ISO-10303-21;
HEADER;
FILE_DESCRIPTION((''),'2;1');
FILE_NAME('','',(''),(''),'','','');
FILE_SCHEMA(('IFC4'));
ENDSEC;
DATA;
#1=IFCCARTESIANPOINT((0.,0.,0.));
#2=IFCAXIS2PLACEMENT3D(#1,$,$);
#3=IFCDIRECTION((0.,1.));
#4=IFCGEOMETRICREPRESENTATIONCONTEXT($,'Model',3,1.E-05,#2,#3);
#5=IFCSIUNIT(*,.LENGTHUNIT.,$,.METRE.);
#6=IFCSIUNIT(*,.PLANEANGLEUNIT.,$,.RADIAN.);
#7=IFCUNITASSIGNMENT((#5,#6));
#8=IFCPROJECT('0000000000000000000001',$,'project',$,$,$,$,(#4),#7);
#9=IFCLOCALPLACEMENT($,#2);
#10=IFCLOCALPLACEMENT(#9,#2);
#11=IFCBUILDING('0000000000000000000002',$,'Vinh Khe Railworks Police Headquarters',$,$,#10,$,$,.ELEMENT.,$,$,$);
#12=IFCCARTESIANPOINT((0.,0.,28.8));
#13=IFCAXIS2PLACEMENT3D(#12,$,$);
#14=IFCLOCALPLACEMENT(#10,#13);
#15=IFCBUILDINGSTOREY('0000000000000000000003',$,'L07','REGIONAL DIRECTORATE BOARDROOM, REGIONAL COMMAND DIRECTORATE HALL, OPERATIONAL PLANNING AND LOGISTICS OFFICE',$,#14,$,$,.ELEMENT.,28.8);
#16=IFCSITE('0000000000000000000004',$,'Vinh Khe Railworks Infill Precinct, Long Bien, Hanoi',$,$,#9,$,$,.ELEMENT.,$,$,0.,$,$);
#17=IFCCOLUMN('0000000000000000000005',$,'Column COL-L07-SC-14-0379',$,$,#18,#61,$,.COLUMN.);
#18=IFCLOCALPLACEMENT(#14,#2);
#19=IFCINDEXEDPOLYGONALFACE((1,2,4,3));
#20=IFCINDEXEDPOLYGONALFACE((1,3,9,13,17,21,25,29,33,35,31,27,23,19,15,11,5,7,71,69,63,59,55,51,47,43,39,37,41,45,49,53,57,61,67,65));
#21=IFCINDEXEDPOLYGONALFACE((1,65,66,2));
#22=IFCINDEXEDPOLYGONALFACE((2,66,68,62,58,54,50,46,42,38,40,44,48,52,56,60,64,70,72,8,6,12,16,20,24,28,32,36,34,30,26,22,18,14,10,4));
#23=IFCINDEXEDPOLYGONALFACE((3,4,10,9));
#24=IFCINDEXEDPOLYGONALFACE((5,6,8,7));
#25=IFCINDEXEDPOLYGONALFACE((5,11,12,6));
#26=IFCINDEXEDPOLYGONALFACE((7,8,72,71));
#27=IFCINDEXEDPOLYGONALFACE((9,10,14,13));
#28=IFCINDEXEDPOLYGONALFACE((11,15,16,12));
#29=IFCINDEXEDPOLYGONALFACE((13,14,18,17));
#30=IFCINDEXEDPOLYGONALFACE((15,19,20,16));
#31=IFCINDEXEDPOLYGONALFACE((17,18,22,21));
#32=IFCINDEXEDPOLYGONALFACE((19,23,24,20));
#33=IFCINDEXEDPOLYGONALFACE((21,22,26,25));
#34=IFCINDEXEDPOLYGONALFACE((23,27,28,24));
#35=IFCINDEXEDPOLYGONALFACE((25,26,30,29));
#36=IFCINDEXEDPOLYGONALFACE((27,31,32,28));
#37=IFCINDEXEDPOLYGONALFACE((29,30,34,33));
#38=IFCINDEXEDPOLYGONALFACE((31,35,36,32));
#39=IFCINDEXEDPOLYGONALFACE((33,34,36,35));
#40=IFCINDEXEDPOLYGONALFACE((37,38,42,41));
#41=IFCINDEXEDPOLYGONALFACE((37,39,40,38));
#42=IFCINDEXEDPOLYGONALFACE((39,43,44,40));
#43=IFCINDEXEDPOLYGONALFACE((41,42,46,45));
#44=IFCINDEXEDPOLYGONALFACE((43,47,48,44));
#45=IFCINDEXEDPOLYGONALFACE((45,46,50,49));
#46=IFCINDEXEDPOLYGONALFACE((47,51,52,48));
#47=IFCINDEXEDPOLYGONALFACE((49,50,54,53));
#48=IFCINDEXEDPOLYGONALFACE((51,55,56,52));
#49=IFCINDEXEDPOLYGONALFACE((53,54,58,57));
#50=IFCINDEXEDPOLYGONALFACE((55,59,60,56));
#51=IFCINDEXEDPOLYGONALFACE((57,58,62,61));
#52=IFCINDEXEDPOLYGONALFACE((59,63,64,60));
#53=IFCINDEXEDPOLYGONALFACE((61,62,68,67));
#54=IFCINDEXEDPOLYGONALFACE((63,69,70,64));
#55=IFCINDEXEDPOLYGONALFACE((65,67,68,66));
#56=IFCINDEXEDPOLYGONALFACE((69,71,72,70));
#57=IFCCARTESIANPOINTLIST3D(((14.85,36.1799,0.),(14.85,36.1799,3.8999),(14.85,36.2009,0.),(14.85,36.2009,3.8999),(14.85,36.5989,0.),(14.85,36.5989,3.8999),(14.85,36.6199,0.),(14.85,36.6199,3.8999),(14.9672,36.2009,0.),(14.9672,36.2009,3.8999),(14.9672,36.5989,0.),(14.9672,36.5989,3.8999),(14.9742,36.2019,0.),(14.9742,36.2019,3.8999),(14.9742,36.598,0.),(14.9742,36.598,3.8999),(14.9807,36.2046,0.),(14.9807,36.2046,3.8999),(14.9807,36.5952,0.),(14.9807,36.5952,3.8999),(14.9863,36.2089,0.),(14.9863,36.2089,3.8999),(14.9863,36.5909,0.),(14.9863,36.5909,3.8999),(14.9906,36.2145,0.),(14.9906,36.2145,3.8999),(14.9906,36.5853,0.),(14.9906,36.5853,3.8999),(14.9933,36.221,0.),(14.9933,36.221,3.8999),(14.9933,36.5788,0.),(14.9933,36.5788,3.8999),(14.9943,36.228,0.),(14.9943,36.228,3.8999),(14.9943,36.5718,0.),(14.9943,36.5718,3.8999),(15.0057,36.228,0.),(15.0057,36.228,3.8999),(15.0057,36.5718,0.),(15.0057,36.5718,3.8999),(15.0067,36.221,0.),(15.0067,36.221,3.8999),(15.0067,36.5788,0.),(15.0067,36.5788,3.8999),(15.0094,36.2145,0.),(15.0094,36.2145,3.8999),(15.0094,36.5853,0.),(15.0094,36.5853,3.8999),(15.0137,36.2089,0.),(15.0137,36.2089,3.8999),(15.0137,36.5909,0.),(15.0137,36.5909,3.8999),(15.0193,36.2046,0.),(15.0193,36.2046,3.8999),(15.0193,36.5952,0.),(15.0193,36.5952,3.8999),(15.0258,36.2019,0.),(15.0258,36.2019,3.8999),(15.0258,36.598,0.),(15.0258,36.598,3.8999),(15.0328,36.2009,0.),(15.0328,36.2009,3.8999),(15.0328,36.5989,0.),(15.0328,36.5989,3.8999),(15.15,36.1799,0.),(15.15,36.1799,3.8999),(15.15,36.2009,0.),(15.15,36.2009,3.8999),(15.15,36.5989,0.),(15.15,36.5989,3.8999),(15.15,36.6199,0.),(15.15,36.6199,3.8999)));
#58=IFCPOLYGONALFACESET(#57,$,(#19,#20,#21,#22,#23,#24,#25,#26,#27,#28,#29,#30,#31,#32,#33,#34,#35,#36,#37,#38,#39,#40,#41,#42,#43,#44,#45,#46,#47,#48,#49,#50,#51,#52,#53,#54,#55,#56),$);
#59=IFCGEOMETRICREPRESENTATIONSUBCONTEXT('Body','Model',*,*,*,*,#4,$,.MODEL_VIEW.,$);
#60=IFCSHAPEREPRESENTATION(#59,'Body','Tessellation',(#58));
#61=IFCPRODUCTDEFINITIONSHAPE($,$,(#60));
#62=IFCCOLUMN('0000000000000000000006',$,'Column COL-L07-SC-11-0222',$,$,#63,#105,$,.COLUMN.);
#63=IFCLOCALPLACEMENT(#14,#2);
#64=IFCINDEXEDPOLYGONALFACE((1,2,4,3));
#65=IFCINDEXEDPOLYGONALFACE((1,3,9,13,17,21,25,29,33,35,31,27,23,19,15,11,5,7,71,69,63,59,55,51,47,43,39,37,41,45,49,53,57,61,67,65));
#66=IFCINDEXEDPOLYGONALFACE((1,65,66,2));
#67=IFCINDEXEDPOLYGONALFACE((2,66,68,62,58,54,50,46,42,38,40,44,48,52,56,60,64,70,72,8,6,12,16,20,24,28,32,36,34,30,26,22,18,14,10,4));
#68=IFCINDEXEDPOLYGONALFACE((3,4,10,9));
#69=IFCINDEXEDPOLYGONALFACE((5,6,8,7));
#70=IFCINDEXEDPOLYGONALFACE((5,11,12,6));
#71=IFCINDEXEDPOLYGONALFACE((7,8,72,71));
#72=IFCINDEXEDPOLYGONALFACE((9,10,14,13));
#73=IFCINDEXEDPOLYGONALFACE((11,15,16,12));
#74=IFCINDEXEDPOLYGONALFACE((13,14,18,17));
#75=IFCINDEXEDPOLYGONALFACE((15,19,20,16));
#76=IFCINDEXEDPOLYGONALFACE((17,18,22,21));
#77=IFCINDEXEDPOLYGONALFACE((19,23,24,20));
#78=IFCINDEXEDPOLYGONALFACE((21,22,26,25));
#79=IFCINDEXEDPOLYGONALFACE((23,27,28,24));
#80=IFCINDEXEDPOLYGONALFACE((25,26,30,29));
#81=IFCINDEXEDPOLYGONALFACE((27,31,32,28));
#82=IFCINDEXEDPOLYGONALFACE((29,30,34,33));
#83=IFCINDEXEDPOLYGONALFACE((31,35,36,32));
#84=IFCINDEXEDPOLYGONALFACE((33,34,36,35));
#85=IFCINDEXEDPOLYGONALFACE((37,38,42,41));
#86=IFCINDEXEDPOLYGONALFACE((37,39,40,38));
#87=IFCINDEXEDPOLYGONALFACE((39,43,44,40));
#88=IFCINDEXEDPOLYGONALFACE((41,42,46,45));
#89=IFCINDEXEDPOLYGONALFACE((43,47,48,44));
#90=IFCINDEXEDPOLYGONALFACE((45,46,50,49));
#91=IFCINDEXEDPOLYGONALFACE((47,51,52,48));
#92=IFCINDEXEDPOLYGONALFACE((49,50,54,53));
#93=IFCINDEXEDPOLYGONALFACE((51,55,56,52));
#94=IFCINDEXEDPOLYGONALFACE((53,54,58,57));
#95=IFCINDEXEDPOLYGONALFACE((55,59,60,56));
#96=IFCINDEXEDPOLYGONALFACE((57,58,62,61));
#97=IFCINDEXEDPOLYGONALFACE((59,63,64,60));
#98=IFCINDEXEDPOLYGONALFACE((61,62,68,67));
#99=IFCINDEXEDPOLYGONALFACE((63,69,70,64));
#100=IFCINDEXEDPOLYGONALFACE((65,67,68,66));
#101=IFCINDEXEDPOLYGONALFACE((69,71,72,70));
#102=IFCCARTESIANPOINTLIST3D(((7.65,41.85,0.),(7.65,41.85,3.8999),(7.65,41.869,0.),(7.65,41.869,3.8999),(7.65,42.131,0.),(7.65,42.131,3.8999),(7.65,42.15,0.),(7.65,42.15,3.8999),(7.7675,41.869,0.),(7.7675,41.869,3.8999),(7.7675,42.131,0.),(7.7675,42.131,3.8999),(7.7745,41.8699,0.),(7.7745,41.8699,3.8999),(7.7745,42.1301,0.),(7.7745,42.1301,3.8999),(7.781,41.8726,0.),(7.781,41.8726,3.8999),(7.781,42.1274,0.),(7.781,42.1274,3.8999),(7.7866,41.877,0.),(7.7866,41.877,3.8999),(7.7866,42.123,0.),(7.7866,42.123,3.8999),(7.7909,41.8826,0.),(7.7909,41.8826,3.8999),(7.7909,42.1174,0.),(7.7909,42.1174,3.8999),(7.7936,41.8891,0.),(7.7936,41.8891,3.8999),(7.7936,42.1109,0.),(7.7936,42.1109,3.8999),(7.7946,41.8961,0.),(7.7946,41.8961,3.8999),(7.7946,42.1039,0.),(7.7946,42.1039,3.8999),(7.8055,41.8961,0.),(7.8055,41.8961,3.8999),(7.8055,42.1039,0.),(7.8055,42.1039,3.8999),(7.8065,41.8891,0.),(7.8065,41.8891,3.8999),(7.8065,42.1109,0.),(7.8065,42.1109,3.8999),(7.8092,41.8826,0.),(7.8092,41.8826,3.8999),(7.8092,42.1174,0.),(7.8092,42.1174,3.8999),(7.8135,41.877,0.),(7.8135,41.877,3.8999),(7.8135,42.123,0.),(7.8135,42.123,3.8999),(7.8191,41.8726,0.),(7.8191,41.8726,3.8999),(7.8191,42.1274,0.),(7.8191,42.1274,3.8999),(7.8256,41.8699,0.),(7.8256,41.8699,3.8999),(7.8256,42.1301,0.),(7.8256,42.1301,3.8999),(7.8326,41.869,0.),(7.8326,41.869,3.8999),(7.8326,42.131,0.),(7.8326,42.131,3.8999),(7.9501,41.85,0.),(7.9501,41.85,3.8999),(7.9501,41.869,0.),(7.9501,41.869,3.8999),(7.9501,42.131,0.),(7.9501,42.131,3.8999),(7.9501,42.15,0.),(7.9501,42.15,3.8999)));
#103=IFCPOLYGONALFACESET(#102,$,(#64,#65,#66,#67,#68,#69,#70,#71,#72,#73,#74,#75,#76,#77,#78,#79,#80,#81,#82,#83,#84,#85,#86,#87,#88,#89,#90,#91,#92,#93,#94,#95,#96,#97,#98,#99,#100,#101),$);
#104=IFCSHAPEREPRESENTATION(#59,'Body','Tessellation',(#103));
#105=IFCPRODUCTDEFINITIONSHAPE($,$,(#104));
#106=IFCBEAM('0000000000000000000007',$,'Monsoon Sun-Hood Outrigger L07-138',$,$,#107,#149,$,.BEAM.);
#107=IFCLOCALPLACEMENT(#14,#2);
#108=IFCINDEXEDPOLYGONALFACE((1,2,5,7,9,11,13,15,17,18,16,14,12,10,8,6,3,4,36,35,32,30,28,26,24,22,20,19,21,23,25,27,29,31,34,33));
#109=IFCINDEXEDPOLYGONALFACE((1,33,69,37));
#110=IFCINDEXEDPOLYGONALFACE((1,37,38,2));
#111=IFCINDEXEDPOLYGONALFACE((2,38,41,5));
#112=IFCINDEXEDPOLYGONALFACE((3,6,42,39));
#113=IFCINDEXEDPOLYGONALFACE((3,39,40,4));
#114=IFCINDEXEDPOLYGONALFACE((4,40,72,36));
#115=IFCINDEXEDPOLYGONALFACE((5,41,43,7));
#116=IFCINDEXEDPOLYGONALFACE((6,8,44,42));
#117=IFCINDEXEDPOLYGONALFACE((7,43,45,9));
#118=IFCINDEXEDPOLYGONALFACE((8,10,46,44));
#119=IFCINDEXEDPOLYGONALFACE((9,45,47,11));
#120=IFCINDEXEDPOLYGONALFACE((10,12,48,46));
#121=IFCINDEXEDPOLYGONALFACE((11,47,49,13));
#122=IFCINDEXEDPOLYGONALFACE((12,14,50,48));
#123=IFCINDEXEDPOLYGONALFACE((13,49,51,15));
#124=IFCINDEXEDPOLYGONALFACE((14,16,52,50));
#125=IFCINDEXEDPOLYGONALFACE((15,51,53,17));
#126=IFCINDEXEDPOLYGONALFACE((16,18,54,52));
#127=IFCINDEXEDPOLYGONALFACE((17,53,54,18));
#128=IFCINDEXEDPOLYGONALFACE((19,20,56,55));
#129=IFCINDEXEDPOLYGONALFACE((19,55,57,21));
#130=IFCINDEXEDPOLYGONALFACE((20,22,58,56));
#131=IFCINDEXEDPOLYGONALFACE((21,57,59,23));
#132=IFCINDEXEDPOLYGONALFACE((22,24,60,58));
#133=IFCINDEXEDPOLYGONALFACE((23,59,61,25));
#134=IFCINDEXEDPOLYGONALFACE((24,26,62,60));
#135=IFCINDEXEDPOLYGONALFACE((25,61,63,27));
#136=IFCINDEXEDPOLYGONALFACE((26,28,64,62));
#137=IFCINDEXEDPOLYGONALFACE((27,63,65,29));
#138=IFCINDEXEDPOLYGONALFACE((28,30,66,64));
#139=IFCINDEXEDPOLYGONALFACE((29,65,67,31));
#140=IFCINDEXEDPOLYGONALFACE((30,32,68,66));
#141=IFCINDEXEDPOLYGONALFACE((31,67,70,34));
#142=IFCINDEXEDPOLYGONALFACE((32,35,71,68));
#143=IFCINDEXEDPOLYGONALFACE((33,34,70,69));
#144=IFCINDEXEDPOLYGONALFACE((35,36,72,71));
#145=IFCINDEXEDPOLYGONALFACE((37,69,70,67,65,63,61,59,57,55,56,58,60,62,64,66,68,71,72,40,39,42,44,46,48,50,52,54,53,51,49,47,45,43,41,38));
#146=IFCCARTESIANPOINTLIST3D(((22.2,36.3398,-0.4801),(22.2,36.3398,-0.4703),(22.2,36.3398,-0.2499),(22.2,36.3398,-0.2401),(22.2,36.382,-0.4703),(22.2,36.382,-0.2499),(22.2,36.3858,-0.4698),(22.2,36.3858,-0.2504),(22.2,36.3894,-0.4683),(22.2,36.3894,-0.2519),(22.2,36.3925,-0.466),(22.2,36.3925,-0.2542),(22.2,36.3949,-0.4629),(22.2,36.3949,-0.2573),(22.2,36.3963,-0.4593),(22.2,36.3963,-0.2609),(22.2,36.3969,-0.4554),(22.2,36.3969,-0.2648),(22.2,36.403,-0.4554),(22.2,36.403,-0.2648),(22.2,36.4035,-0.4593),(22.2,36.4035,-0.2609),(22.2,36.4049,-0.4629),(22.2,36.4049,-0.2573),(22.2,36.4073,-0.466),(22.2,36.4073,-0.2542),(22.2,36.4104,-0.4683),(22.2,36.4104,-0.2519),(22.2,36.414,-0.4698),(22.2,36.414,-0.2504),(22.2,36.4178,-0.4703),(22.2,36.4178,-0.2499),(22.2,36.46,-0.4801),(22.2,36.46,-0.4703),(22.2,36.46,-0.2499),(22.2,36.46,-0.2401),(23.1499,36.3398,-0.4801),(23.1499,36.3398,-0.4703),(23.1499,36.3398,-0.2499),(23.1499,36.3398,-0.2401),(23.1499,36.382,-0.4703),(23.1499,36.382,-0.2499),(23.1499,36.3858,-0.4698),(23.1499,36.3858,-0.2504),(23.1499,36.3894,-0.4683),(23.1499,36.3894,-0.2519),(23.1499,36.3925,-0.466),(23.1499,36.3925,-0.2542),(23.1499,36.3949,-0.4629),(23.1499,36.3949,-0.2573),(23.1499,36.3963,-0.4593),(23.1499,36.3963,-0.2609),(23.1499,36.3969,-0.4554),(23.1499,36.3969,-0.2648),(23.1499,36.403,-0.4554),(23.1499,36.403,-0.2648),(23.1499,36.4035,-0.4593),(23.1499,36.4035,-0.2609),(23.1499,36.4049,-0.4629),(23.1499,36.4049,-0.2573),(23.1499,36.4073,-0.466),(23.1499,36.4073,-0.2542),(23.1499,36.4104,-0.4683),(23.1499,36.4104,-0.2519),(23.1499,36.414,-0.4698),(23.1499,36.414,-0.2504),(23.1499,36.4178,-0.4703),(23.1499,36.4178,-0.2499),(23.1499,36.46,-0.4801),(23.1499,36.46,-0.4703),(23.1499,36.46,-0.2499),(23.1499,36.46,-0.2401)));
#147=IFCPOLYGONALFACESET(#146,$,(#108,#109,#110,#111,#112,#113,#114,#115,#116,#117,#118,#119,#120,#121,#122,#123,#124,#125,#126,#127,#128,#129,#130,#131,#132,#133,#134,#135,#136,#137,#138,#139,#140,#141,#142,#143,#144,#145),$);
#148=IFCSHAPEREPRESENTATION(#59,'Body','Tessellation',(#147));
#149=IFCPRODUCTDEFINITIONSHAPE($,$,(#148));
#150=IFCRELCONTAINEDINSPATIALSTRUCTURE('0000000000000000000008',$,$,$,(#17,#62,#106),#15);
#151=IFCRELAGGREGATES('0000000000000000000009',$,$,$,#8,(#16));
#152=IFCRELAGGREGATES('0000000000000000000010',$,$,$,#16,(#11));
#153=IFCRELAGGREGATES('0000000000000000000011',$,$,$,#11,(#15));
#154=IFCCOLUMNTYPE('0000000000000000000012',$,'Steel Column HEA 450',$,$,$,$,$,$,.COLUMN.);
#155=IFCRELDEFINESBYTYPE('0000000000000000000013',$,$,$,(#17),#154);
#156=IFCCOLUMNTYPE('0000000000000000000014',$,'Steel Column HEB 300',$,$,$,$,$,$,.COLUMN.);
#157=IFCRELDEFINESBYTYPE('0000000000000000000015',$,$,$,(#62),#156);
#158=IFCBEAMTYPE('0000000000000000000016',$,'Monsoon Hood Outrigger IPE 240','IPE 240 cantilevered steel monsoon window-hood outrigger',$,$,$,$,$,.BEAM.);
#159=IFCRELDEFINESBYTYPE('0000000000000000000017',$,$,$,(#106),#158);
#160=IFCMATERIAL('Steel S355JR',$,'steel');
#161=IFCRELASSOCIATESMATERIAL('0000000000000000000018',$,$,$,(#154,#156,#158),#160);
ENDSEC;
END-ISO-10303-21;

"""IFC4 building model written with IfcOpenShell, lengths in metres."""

from ifc_helpers import new_model, si_unit, direction, frame, origin, origin_2d, place, context, subcontext, project, spatial, i_section, extrude, material, material_profile, profile_set, type_object, element, save


model = new_model("IFC4")

# Units and contexts
model_context = context("Model", 3, precision=1e-05, world=origin(), true_north=direction((0.0, 1.0)))
body_context = subcontext(model_context, "Body", "Model", "MODEL_VIEW")
ifc_project = project(units=[si_unit("LENGTHUNIT", "METRE"), si_unit("PLANEANGLEUNIT", "RADIAN")], contexts=[model_context])

# Site, building, storey
site_placement = place(None, origin())
site = spatial("IfcSite", under=ifc_project, at=site_placement, Name="Vinh Khe Railworks Infill Precinct, Long Bien, Hanoi", CompositionType="ELEMENT", RefElevation=0.0)
building_placement = place(site_placement, origin())
building = spatial("IfcBuilding", under=site, at=building_placement, Name="Vinh Khe Railworks Police Headquarters", CompositionType="ELEMENT")
storey_placement = place(building_placement, frame((0.0, 0.0, 28.8)))
storey = spatial("IfcBuildingStorey", under=building, at=storey_placement, Name="L07", Description="REGIONAL DIRECTORATE BOARDROOM, REGIONAL COMMAND DIRECTORATE HALL, OPERATIONAL PLANNING AND LOGISTICS OFFICE", CompositionType="ELEMENT", Elevation=28.8)

# Columns
ifc_material_1 = material(Name="Steel S355JR", Category="steel")
ifc_material_profile_1 = material_profile(ifc_material_1, i_section(OverallWidth=0.3, OverallDepth=0.4399, WebThickness=0.0115, FlangeThickness=0.021, FilletRadius=0.0271, at=origin_2d()), Name="HEA 450")
ifc_profile_set_1 = profile_set([ifc_material_profile_1], Name="Steel S355JR")
column_type_1 = type_object("IfcColumnType", Name="Steel Column HEA 450", PredefinedType="COLUMN", material=ifc_profile_set_1)
column_1_placement = place(storey_placement, frame((15.0, 36.3999, 0.0), z_axis=(0.0, 0.0, 1.0), x_axis=(1.0, 0.0, 0.0)))
element("IfcColumn", 1, at=column_1_placement, inside=storey, type_object=column_type_1, Name="Column COL-L07-SC-14-0379", PredefinedType="COLUMN", context=body_context, shape_type="SweptSolid", body=[
    extrude(i_section(OverallWidth=0.3, OverallDepth=0.4399, WebThickness=0.0115, FlangeThickness=0.021, FilletRadius=0.0271, at=origin_2d()), origin(), (0.0, 0.0, 1.0), 3.8999),
])
ifc_material_profile_2 = material_profile(ifc_material_1, i_section(OverallWidth=0.3, OverallDepth=0.3, WebThickness=0.011, FlangeThickness=0.019, FilletRadius=0.0271, at=origin_2d()), Name="HEB 300")
ifc_profile_set_2 = profile_set([ifc_material_profile_2], Name="Steel S355JR")
column_type_2 = type_object("IfcColumnType", Name="Steel Column HEB 300", PredefinedType="COLUMN", material=ifc_profile_set_2)
column_2_placement = place(storey_placement, frame((7.8, 42.0, 0.0), z_axis=(0.0, 0.0, 1.0), x_axis=(1.0, 0.0, 0.0)))
element("IfcColumn", 2, at=column_2_placement, inside=storey, type_object=column_type_2, Name="Column COL-L07-SC-11-0222", PredefinedType="COLUMN", context=body_context, shape_type="SweptSolid", body=[
    extrude(i_section(OverallWidth=0.3, OverallDepth=0.3, WebThickness=0.011, FlangeThickness=0.019, FilletRadius=0.0271, at=origin_2d()), origin(), (0.0, 0.0, 1.0), 3.8999),
])

# Beam
ifc_material_profile_3 = material_profile(ifc_material_1, i_section(OverallWidth=0.1201, OverallDepth=0.24, WebThickness=0.0061, FlangeThickness=0.0098, FilletRadius=0.0149, at=origin_2d()), Name="IPE 240")
ifc_profile_set_3 = profile_set([ifc_material_profile_3], Name="Steel S355JR")
beam_type_1 = type_object("IfcBeamType", Name="Monsoon Hood Outrigger IPE 240", Description="IPE 240 cantilevered steel monsoon window-hood outrigger", PredefinedType="BEAM", material=ifc_profile_set_3)
beam_1_placement = place(storey_placement, frame((22.2, 36.3999, -0.3601), z_axis=(1.0, 0.0, 0.0), x_axis=(0.0, 1.0, 0.0)))
element("IfcBeam", 3, at=beam_1_placement, inside=storey, type_object=beam_type_1, Name="Monsoon Sun-Hood Outrigger L07-138", PredefinedType="BEAM", context=body_context, shape_type="SweptSolid", body=[
    extrude(i_section(OverallWidth=0.1201, OverallDepth=0.24, WebThickness=0.0061, FlangeThickness=0.0098, FilletRadius=0.0149, at=origin_2d()), origin(), (0.0, 0.0, 1.0), 0.95),
])

save(model, "model.ifc")
